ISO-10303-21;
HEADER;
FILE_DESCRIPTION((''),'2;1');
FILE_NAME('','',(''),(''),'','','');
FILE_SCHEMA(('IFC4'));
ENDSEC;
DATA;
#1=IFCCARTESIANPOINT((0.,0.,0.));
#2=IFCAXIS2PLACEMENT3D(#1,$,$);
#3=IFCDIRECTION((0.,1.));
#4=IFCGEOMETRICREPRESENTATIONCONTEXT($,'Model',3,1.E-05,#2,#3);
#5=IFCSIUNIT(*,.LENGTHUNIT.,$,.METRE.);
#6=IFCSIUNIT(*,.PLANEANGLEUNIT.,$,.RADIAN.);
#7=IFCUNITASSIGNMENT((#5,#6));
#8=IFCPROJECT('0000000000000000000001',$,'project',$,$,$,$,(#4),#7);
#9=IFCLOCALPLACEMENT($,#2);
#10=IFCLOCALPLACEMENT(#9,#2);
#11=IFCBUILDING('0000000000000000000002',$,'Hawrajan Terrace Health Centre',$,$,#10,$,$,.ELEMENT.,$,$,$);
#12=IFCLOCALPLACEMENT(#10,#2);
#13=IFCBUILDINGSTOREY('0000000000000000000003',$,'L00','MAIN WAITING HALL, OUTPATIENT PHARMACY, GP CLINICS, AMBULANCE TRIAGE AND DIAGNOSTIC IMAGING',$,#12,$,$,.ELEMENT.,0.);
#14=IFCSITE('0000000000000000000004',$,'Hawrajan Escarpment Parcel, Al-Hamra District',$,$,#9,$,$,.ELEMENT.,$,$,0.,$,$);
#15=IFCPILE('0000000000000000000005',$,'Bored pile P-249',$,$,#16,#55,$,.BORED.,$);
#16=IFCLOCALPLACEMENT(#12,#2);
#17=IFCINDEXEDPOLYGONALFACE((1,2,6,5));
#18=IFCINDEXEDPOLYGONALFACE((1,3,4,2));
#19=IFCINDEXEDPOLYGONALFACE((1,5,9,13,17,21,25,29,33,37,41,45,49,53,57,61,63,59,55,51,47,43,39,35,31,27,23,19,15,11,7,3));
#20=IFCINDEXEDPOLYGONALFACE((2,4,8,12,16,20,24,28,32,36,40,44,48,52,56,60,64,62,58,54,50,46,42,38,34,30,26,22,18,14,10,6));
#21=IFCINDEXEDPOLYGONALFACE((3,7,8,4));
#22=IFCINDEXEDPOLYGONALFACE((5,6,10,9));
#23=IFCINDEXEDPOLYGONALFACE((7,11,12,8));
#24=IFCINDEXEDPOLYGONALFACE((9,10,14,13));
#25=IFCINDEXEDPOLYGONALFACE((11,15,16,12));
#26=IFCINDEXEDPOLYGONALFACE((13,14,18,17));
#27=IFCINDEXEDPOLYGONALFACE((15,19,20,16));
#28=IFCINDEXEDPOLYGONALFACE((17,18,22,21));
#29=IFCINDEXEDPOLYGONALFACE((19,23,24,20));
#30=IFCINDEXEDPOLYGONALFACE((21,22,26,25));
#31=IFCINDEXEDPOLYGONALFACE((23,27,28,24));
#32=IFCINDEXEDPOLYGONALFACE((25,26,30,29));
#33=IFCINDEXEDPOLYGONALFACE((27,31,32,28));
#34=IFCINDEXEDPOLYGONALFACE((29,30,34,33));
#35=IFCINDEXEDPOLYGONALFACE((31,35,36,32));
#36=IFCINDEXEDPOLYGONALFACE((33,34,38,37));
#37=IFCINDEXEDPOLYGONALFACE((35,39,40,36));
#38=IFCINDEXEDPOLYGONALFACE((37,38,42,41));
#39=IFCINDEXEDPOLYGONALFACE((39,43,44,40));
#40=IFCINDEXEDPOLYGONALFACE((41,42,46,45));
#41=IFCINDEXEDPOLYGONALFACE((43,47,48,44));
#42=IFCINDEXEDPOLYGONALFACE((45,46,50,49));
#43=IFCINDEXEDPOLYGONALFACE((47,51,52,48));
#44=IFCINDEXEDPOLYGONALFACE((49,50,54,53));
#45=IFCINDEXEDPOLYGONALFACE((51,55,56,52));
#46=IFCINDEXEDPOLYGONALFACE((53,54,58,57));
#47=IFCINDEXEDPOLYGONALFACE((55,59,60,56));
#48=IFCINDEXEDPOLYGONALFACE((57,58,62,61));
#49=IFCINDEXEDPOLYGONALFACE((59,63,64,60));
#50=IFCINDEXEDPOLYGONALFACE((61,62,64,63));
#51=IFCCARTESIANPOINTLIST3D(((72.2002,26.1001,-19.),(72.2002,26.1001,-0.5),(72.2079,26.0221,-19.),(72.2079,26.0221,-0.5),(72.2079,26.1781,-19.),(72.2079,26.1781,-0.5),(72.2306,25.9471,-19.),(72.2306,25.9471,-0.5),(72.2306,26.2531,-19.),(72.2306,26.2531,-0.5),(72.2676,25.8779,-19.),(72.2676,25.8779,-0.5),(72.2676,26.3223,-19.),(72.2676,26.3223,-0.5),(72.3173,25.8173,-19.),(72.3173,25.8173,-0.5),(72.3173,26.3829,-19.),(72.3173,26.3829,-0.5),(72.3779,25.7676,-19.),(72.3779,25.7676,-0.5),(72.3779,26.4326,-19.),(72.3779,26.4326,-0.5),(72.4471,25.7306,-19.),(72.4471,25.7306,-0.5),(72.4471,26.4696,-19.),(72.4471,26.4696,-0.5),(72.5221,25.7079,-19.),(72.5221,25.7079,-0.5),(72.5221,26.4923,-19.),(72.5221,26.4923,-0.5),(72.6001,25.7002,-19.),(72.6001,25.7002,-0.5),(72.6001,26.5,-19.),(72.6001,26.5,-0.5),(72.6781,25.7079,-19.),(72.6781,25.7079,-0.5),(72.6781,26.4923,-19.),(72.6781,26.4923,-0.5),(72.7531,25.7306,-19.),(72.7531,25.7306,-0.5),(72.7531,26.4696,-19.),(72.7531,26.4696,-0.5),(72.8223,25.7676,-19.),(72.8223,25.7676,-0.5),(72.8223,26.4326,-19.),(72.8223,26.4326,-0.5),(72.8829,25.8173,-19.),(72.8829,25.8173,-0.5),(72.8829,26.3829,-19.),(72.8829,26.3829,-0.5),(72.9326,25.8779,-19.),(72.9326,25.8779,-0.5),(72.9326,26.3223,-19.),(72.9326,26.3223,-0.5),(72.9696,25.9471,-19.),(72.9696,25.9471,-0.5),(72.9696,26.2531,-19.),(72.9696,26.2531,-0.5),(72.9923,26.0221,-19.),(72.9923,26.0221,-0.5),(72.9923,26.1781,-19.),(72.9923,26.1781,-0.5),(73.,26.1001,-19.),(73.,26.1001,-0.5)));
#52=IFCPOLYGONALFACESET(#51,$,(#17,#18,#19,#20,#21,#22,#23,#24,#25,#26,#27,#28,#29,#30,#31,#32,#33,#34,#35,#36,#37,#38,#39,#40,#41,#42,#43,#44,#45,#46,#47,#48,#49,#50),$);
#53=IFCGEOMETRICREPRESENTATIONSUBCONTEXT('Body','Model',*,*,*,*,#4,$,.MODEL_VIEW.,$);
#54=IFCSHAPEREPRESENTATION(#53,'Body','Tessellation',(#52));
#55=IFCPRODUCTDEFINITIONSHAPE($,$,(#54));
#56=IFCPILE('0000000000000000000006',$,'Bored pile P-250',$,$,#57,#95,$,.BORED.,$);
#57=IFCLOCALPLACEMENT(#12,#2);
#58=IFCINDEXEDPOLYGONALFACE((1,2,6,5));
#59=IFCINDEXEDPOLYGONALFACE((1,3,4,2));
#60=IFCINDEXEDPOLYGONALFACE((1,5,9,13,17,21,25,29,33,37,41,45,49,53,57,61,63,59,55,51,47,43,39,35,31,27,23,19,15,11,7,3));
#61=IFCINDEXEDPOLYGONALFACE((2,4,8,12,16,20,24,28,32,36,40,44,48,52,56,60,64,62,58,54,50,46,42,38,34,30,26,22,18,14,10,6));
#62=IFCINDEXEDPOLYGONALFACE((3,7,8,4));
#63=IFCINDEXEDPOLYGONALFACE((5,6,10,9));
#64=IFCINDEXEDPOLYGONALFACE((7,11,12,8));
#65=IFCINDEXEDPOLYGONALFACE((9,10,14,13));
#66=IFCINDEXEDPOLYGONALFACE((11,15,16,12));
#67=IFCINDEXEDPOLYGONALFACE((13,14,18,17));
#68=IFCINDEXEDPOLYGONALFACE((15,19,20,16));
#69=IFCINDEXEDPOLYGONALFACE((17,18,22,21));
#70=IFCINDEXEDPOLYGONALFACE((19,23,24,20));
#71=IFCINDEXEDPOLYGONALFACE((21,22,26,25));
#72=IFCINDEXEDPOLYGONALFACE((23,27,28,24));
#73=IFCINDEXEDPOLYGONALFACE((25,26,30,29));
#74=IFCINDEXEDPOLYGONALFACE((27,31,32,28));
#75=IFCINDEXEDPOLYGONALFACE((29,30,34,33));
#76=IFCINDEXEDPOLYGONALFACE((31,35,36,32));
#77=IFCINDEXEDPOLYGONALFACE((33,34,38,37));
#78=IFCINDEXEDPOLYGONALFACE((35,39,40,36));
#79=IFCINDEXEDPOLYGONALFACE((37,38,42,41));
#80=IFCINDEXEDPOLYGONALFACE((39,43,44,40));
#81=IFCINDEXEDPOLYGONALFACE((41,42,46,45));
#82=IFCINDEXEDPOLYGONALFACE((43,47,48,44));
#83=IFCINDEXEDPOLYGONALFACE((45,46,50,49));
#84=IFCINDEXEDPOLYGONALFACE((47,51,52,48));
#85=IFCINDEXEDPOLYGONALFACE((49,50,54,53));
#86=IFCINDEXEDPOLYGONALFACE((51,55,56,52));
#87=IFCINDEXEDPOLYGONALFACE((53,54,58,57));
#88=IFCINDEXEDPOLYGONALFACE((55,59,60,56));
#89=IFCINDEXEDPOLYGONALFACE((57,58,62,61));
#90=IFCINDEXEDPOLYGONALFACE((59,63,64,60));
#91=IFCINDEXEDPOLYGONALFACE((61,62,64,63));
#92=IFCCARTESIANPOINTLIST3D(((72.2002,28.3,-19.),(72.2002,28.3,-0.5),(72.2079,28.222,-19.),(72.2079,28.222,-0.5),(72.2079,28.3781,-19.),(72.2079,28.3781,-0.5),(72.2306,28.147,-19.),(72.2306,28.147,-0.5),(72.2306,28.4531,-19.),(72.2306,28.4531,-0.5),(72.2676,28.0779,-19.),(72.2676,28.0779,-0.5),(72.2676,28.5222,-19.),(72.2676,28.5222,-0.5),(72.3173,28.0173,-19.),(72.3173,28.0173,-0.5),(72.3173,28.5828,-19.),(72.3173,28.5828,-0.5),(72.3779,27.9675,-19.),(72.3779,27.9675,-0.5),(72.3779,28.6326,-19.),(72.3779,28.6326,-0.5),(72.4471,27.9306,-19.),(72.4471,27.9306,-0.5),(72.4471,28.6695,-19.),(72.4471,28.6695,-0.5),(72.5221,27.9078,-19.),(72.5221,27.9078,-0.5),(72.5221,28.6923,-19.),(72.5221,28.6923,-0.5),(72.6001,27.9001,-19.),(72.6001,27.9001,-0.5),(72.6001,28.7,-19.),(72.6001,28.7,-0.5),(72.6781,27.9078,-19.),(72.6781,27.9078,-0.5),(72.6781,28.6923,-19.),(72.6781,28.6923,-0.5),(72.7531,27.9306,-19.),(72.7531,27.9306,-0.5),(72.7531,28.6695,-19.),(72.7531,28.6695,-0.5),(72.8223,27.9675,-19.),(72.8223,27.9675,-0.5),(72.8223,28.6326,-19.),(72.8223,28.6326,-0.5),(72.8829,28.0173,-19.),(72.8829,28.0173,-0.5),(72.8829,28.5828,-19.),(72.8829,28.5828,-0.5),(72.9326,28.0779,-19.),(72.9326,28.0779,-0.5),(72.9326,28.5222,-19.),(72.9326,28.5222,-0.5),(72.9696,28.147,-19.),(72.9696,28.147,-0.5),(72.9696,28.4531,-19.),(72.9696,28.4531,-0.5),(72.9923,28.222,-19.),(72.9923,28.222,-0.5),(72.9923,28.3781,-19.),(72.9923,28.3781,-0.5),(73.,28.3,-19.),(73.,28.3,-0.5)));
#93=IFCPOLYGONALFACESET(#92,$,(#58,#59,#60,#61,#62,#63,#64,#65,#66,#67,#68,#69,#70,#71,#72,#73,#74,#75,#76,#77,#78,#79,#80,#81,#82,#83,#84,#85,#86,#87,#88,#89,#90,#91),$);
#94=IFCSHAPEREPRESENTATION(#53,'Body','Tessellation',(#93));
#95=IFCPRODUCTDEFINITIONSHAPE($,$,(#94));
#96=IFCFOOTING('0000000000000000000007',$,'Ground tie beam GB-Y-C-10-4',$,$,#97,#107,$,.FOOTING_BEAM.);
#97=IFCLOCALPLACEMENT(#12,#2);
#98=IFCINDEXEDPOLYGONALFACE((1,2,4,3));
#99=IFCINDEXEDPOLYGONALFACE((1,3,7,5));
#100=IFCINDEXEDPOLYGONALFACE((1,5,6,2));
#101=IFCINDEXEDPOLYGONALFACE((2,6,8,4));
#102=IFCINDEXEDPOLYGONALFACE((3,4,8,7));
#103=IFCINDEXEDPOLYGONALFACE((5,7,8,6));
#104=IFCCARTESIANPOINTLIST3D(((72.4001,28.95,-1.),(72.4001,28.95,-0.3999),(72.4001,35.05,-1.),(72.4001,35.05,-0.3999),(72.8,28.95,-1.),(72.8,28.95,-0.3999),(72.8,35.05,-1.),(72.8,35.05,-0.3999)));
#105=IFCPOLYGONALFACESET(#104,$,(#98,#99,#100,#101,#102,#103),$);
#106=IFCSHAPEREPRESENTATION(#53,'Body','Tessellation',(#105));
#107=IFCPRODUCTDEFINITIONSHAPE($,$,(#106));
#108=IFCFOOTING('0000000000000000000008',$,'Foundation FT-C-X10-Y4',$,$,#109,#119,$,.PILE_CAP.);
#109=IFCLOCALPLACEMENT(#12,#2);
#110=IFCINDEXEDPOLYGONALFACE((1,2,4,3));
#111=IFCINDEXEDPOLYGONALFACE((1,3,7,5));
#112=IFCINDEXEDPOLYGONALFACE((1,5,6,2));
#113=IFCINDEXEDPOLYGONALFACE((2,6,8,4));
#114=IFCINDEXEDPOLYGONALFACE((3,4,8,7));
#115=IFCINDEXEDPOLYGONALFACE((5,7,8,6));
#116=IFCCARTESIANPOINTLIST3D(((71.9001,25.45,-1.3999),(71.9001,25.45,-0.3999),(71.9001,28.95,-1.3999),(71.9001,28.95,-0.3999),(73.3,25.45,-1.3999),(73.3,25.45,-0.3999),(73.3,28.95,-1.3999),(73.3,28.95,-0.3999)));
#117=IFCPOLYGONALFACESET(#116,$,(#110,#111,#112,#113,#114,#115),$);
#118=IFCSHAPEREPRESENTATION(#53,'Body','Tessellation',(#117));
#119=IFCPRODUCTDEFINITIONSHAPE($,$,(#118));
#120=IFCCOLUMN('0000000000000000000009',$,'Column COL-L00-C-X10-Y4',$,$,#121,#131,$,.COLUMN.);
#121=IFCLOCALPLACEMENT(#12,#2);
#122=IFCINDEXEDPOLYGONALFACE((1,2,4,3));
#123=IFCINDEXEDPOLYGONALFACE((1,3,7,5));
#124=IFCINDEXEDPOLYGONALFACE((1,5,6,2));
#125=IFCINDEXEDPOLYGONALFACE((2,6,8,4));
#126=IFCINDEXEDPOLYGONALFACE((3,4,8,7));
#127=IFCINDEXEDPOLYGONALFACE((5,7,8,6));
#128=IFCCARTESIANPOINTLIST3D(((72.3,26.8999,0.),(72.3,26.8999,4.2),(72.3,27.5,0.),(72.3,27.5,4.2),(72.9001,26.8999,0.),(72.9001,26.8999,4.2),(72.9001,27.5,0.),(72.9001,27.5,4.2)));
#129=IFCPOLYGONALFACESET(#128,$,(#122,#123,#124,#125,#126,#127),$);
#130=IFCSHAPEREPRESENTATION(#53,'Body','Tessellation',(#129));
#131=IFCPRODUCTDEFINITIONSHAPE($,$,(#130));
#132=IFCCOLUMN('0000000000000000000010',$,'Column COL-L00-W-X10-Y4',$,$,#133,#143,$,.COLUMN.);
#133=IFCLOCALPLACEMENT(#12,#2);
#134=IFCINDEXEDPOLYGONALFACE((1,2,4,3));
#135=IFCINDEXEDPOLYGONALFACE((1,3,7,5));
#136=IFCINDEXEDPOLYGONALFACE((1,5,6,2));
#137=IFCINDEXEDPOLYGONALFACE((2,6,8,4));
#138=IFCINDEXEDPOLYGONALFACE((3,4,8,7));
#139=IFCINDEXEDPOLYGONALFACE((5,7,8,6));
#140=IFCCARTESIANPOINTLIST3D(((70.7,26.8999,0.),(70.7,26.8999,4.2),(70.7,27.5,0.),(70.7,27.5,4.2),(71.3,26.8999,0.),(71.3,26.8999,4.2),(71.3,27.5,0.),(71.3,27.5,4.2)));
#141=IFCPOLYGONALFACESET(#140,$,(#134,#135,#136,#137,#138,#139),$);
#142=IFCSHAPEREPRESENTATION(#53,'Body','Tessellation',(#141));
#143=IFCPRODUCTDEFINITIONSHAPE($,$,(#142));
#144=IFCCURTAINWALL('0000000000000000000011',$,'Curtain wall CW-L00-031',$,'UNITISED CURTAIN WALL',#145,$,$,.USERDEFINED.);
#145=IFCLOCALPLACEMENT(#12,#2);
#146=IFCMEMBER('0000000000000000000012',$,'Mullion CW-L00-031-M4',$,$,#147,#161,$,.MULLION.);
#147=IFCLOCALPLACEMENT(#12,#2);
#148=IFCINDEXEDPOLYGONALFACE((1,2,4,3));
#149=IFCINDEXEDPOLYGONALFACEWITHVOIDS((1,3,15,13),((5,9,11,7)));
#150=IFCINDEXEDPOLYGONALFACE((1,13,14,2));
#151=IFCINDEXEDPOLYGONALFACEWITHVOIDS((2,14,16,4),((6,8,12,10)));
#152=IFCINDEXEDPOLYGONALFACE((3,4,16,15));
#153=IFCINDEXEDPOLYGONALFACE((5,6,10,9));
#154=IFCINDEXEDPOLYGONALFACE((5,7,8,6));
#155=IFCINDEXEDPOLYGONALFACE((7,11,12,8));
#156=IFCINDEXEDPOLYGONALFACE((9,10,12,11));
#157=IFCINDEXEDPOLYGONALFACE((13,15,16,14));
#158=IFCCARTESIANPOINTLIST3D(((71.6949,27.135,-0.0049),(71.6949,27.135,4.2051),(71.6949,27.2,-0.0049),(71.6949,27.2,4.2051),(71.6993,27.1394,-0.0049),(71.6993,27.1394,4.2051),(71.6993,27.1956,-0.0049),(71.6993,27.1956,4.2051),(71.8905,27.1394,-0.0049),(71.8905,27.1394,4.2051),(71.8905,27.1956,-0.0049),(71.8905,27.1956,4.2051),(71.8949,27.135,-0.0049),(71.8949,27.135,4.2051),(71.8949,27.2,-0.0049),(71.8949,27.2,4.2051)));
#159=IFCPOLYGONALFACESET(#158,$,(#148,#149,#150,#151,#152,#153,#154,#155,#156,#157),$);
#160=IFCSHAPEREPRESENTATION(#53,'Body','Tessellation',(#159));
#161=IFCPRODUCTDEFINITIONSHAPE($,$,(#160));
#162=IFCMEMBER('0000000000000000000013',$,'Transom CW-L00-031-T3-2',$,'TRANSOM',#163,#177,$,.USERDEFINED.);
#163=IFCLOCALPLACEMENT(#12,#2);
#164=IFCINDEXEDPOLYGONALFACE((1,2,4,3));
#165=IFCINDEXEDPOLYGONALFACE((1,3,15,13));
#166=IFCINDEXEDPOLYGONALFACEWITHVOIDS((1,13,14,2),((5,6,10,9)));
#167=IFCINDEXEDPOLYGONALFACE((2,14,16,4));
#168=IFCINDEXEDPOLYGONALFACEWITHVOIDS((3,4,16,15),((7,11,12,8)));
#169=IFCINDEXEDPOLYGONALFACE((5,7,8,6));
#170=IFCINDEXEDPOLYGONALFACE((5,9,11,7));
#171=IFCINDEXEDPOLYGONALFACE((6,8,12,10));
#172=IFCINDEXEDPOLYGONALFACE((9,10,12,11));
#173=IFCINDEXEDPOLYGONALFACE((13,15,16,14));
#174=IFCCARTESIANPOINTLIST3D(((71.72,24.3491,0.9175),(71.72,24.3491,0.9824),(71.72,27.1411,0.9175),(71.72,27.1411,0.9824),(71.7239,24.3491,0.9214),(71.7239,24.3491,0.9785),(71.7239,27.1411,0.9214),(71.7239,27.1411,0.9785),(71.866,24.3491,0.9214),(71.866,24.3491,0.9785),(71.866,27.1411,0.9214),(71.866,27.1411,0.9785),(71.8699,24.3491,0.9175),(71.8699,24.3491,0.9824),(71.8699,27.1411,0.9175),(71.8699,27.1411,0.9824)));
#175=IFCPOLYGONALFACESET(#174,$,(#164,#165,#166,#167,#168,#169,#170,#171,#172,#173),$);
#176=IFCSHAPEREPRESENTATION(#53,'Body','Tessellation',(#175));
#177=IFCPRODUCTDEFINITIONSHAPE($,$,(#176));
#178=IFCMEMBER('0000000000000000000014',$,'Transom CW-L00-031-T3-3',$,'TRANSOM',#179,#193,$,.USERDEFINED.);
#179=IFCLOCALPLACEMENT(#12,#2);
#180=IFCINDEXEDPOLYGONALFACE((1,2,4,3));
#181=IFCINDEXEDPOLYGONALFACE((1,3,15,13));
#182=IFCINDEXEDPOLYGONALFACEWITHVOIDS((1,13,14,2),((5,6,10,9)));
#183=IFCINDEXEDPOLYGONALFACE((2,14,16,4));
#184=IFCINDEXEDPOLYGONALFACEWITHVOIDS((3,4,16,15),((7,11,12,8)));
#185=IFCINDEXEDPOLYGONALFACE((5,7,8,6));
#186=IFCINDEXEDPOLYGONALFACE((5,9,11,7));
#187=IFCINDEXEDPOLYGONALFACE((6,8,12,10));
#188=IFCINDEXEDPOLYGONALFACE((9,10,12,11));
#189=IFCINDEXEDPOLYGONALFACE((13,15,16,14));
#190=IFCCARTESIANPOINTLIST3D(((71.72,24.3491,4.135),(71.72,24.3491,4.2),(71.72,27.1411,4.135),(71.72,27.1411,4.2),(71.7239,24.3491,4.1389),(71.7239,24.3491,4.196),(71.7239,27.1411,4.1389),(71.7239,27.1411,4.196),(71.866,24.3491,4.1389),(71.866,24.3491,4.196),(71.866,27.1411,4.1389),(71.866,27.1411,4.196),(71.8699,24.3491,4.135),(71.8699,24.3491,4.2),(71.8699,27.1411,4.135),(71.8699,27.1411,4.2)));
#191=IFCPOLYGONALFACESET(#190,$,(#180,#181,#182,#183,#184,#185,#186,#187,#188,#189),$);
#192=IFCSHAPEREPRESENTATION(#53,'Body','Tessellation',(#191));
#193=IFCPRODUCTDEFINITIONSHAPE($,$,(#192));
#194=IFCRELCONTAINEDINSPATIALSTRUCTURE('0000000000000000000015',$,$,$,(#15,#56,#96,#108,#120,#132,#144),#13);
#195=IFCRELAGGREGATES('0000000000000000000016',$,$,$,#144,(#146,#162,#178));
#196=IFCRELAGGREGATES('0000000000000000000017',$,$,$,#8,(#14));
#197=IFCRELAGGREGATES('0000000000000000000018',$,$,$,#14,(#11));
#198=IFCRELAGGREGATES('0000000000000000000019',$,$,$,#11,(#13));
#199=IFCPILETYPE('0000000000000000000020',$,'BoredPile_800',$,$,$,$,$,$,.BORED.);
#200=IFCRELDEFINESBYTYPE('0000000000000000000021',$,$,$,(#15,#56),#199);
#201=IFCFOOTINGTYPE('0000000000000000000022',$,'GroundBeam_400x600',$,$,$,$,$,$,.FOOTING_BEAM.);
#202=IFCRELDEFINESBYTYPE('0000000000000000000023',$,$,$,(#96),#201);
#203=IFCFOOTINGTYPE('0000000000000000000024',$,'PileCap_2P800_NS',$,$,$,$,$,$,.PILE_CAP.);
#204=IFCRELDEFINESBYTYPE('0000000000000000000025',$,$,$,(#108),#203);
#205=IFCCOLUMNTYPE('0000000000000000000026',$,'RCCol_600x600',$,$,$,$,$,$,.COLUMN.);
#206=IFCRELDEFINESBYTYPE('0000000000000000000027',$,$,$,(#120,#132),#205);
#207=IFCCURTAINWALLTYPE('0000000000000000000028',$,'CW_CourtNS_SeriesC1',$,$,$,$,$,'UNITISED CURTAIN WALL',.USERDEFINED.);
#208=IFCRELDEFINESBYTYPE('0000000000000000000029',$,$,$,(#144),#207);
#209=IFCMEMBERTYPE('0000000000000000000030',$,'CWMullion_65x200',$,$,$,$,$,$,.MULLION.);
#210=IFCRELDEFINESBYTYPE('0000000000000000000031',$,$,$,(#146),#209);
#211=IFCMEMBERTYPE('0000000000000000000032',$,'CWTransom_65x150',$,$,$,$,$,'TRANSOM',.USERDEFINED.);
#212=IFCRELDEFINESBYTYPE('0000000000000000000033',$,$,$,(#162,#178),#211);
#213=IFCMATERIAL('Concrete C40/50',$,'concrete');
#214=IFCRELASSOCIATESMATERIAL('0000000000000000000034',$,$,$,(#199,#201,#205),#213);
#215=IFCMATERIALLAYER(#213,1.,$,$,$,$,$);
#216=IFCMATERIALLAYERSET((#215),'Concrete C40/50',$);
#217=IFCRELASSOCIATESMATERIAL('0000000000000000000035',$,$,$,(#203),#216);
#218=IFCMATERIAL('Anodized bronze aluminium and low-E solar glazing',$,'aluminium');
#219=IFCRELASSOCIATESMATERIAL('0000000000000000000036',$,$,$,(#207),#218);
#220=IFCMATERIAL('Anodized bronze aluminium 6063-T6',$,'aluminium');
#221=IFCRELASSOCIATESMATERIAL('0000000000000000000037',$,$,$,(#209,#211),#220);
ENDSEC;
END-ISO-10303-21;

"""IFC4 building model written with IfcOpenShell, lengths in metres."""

from ifc_helpers import new_model, si_unit, direction, frame, origin, origin_2d, place, context, subcontext, project, spatial, rectangle, hollow_rectangle, circle, extrude, material, layer, layer_set, material_profile, profile_set, type_object, element, aggregate, save


model = new_model("IFC4")

# Units and contexts
model_context = context("Model", 3, precision=1e-05, world=origin(), true_north=direction((0.0, 1.0)))
body_context = subcontext(model_context, "Body", "Model", "MODEL_VIEW")
ifc_project = project(units=[si_unit("LENGTHUNIT", "METRE"), si_unit("PLANEANGLEUNIT", "RADIAN")], contexts=[model_context])

# Site, building, storey
site_placement = place(None, origin())
site = spatial("IfcSite", under=ifc_project, at=site_placement, Name="Hawrajan Escarpment Parcel, Al-Hamra District", CompositionType="ELEMENT", RefElevation=0.0)
building_placement = place(site_placement, origin())
building = spatial("IfcBuilding", under=site, at=building_placement, Name="Hawrajan Terrace Health Centre", CompositionType="ELEMENT")
storey_placement = place(building_placement, origin())
storey = spatial("IfcBuildingStorey", under=building, at=storey_placement, Name="L00", Description="MAIN WAITING HALL, OUTPATIENT PHARMACY, GP CLINICS, AMBULANCE TRIAGE AND DIAGNOSTIC IMAGING", CompositionType="ELEMENT", Elevation=0.0)

# Piles
ifc_material_1 = material(Name="Concrete C40/50", Category="concrete")
ifc_material_profile_1 = material_profile(ifc_material_1, circle(Radius=0.3999, at=origin_2d()), Name="BP 800")
ifc_profile_set_1 = profile_set([ifc_material_profile_1], Name="Concrete C40/50")
pile_type = type_object("IfcPileType", Name="BoredPile_800", PredefinedType="BORED", material=ifc_profile_set_1)
for number, where, z_axis, x_axis, name in (
    (1, (72.6001, 26.1001, -0.5), (0.0, 0.0, -1.0), (1.0, 0.0, 0.0), "Bored pile P-249"),
    (2, (72.6001, 28.3, -0.5), (0.0, 0.0, -1.0), (1.0, 0.0, 0.0), "Bored pile P-250"),
):
    element("IfcPile", number, at=place(storey_placement, frame(where, z_axis=z_axis, x_axis=x_axis)), inside=storey, type_object=pile_type, Name=name, PredefinedType="BORED", context=body_context, shape_type="SweptSolid", body=[
        extrude(circle(Radius=0.3999, at=origin_2d()), origin(), (0.0, 0.0, 1.0), 18.5),
    ])

# Footings
ifc_material_profile_2 = material_profile(ifc_material_1, rectangle(XDim=0.3999, YDim=0.6001, at=origin_2d()), Name="RC BM 400x600")
ifc_profile_set_2 = profile_set([ifc_material_profile_2], Name="Concrete C40/50")
footing_type_1 = type_object("IfcFootingType", Name="GroundBeam_400x600", PredefinedType="FOOTING_BEAM", material=ifc_profile_set_2)
footing_1_placement = place(storey_placement, frame((72.6001, 28.95, -0.7), z_axis=(0.0, 1.0, 0.0), x_axis=(-1.0, 0.0, 0.0)))
element("IfcFooting", 3, at=footing_1_placement, inside=storey, type_object=footing_type_1, Name="Ground tie beam GB-Y-C-10-4", PredefinedType="FOOTING_BEAM", context=body_context, shape_type="SweptSolid", body=[
    extrude(rectangle(XDim=0.3999, YDim=0.6001, at=origin_2d()), origin(), (0.0, 0.0, 1.0), 6.1001),
])
ifc_layer_1 = layer(ifc_material_1, 1.0)
ifc_layer_set_1 = layer_set([ifc_layer_1], Name="Concrete C40/50")
footing_type_2 = type_object("IfcFootingType", Name="PileCap_2P800_NS", PredefinedType="PILE_CAP", material=ifc_layer_set_1)
footing_2_placement = place(storey_placement, frame((72.6001, 27.2, -1.3999), z_axis=(0.0, 0.0, 1.0), x_axis=(1.0, 0.0, 0.0)))
element("IfcFooting", 4, at=footing_2_placement, inside=storey, type_object=footing_type_2, Name="Foundation FT-C-X10-Y4", PredefinedType="PILE_CAP", context=body_context, shape_type="SweptSolid", body=[
    extrude(rectangle(XDim=1.3999, YDim=3.5, at=origin_2d()), origin(), (0.0, 0.0, 1.0), 1.0),
])

# Columns
ifc_material_profile_3 = material_profile(ifc_material_1, rectangle(XDim=0.6001, YDim=0.6001, at=origin_2d()), Name="RC 600x600")
ifc_profile_set_3 = profile_set([ifc_material_profile_3], Name="Concrete C40/50")
column_type = type_object("IfcColumnType", Name="RCCol_600x600", PredefinedType="COLUMN", material=ifc_profile_set_3)
for number, where, z_axis, x_axis, name in (
    (5, (72.6001, 27.2, 0.0), (0.0, 0.0, 1.0), (1.0, 0.0, 0.0), "Column COL-L00-C-X10-Y4"),
    (6, (71.0, 27.2, 0.0), (0.0, 0.0, 1.0), (1.0, 0.0, 0.0), "Column COL-L00-W-X10-Y4"),
):
    element("IfcColumn", number, at=place(storey_placement, frame(where, z_axis=z_axis, x_axis=x_axis)), inside=storey, type_object=column_type, Name=name, PredefinedType="COLUMN", context=body_context, shape_type="SweptSolid", body=[
        extrude(rectangle(XDim=0.6001, YDim=0.6001, at=origin_2d()), origin(), (0.0, 0.0, 1.0), 4.2),
    ])

# Curtain wall, members
ifc_material_2 = material(Name="Anodized bronze aluminium and low-E solar glazing", Category="aluminium")
curtain_wall_type = type_object("IfcCurtainWallType", Name="CW_CourtNS_SeriesC1", ElementType="UNITISED CURTAIN WALL", PredefinedType="USERDEFINED", material=ifc_material_2)
curtain_wall_placement = place(storey_placement, origin())
curtain_wall = element("IfcCurtainWall", 7, at=curtain_wall_placement, inside=storey, type_object=curtain_wall_type, Name="Curtain wall CW-L00-031", ObjectType="UNITISED CURTAIN WALL", PredefinedType="USERDEFINED")
ifc_material_3 = material(Name="Anodized bronze aluminium 6063-T6", Category="aluminium")
ifc_material_profile_4 = material_profile(ifc_material_3, hollow_rectangle(XDim=0.0649, YDim=0.2, WallThickness=0.0044, at=origin_2d()), Name="CW MUL 65x200")
ifc_profile_set_4 = profile_set([ifc_material_profile_4], Name="Anodized bronze aluminium 6063-T6")
member_type_1 = type_object("IfcMemberType", Name="CWMullion_65x200", PredefinedType="MULLION", material=ifc_profile_set_4)
member_1_placement = place(storey_placement, frame((71.7949, 27.1675, -0.0049), z_axis=(0.0, 0.0, 1.0), x_axis=(0.0, 1.0, 0.0)))
member_1 = element("IfcMember", 8, at=member_1_placement, type_object=member_type_1, Name="Mullion CW-L00-031-M4", PredefinedType="MULLION", context=body_context, shape_type="SweptSolid", body=[
    extrude(hollow_rectangle(XDim=0.0649, YDim=0.2, WallThickness=0.0044, at=origin_2d()), origin(), (0.0, 0.0, 1.0), 4.21),
])
ifc_material_profile_5 = material_profile(ifc_material_3, hollow_rectangle(XDim=0.0649, YDim=0.1499, WallThickness=0.0039, at=origin_2d()), Name="CW TRN 65x150")
ifc_profile_set_5 = profile_set([ifc_material_profile_5], Name="Anodized bronze aluminium 6063-T6")
member_type_2 = type_object("IfcMemberType", Name="CWTransom_65x150", ElementType="TRANSOM", PredefinedType="USERDEFINED", material=ifc_profile_set_5)
member_2_placement = place(storey_placement, frame((71.7949, 24.3491, 0.95), z_axis=(0.0, 1.0, 0.0), x_axis=(0.0, 0.0, 1.0)))
member_2 = element("IfcMember", 9, at=member_2_placement, type_object=member_type_2, Name="Transom CW-L00-031-T3-2", ObjectType="TRANSOM", PredefinedType="USERDEFINED", context=body_context, shape_type="SweptSolid", body=[
    extrude(hollow_rectangle(XDim=0.0649, YDim=0.1499, WallThickness=0.0039, at=origin_2d()), origin(), (0.0, 0.0, 1.0), 2.792),
])
member_3_placement = place(storey_placement, frame((71.7949, 24.3491, 4.1675), z_axis=(0.0, 1.0, 0.0), x_axis=(0.0, 0.0, 1.0)))
member_3 = element("IfcMember", 10, at=member_3_placement, type_object=member_type_2, Name="Transom CW-L00-031-T3-3", ObjectType="TRANSOM", PredefinedType="USERDEFINED", context=body_context, shape_type="SweptSolid", body=[
    extrude(hollow_rectangle(XDim=0.0649, YDim=0.1499, WallThickness=0.0039, at=origin_2d()), origin(), (0.0, 0.0, 1.0), 2.792),
])

aggregate(curtain_wall, [member_1, member_2, member_3])

save(model, "model.ifc")
